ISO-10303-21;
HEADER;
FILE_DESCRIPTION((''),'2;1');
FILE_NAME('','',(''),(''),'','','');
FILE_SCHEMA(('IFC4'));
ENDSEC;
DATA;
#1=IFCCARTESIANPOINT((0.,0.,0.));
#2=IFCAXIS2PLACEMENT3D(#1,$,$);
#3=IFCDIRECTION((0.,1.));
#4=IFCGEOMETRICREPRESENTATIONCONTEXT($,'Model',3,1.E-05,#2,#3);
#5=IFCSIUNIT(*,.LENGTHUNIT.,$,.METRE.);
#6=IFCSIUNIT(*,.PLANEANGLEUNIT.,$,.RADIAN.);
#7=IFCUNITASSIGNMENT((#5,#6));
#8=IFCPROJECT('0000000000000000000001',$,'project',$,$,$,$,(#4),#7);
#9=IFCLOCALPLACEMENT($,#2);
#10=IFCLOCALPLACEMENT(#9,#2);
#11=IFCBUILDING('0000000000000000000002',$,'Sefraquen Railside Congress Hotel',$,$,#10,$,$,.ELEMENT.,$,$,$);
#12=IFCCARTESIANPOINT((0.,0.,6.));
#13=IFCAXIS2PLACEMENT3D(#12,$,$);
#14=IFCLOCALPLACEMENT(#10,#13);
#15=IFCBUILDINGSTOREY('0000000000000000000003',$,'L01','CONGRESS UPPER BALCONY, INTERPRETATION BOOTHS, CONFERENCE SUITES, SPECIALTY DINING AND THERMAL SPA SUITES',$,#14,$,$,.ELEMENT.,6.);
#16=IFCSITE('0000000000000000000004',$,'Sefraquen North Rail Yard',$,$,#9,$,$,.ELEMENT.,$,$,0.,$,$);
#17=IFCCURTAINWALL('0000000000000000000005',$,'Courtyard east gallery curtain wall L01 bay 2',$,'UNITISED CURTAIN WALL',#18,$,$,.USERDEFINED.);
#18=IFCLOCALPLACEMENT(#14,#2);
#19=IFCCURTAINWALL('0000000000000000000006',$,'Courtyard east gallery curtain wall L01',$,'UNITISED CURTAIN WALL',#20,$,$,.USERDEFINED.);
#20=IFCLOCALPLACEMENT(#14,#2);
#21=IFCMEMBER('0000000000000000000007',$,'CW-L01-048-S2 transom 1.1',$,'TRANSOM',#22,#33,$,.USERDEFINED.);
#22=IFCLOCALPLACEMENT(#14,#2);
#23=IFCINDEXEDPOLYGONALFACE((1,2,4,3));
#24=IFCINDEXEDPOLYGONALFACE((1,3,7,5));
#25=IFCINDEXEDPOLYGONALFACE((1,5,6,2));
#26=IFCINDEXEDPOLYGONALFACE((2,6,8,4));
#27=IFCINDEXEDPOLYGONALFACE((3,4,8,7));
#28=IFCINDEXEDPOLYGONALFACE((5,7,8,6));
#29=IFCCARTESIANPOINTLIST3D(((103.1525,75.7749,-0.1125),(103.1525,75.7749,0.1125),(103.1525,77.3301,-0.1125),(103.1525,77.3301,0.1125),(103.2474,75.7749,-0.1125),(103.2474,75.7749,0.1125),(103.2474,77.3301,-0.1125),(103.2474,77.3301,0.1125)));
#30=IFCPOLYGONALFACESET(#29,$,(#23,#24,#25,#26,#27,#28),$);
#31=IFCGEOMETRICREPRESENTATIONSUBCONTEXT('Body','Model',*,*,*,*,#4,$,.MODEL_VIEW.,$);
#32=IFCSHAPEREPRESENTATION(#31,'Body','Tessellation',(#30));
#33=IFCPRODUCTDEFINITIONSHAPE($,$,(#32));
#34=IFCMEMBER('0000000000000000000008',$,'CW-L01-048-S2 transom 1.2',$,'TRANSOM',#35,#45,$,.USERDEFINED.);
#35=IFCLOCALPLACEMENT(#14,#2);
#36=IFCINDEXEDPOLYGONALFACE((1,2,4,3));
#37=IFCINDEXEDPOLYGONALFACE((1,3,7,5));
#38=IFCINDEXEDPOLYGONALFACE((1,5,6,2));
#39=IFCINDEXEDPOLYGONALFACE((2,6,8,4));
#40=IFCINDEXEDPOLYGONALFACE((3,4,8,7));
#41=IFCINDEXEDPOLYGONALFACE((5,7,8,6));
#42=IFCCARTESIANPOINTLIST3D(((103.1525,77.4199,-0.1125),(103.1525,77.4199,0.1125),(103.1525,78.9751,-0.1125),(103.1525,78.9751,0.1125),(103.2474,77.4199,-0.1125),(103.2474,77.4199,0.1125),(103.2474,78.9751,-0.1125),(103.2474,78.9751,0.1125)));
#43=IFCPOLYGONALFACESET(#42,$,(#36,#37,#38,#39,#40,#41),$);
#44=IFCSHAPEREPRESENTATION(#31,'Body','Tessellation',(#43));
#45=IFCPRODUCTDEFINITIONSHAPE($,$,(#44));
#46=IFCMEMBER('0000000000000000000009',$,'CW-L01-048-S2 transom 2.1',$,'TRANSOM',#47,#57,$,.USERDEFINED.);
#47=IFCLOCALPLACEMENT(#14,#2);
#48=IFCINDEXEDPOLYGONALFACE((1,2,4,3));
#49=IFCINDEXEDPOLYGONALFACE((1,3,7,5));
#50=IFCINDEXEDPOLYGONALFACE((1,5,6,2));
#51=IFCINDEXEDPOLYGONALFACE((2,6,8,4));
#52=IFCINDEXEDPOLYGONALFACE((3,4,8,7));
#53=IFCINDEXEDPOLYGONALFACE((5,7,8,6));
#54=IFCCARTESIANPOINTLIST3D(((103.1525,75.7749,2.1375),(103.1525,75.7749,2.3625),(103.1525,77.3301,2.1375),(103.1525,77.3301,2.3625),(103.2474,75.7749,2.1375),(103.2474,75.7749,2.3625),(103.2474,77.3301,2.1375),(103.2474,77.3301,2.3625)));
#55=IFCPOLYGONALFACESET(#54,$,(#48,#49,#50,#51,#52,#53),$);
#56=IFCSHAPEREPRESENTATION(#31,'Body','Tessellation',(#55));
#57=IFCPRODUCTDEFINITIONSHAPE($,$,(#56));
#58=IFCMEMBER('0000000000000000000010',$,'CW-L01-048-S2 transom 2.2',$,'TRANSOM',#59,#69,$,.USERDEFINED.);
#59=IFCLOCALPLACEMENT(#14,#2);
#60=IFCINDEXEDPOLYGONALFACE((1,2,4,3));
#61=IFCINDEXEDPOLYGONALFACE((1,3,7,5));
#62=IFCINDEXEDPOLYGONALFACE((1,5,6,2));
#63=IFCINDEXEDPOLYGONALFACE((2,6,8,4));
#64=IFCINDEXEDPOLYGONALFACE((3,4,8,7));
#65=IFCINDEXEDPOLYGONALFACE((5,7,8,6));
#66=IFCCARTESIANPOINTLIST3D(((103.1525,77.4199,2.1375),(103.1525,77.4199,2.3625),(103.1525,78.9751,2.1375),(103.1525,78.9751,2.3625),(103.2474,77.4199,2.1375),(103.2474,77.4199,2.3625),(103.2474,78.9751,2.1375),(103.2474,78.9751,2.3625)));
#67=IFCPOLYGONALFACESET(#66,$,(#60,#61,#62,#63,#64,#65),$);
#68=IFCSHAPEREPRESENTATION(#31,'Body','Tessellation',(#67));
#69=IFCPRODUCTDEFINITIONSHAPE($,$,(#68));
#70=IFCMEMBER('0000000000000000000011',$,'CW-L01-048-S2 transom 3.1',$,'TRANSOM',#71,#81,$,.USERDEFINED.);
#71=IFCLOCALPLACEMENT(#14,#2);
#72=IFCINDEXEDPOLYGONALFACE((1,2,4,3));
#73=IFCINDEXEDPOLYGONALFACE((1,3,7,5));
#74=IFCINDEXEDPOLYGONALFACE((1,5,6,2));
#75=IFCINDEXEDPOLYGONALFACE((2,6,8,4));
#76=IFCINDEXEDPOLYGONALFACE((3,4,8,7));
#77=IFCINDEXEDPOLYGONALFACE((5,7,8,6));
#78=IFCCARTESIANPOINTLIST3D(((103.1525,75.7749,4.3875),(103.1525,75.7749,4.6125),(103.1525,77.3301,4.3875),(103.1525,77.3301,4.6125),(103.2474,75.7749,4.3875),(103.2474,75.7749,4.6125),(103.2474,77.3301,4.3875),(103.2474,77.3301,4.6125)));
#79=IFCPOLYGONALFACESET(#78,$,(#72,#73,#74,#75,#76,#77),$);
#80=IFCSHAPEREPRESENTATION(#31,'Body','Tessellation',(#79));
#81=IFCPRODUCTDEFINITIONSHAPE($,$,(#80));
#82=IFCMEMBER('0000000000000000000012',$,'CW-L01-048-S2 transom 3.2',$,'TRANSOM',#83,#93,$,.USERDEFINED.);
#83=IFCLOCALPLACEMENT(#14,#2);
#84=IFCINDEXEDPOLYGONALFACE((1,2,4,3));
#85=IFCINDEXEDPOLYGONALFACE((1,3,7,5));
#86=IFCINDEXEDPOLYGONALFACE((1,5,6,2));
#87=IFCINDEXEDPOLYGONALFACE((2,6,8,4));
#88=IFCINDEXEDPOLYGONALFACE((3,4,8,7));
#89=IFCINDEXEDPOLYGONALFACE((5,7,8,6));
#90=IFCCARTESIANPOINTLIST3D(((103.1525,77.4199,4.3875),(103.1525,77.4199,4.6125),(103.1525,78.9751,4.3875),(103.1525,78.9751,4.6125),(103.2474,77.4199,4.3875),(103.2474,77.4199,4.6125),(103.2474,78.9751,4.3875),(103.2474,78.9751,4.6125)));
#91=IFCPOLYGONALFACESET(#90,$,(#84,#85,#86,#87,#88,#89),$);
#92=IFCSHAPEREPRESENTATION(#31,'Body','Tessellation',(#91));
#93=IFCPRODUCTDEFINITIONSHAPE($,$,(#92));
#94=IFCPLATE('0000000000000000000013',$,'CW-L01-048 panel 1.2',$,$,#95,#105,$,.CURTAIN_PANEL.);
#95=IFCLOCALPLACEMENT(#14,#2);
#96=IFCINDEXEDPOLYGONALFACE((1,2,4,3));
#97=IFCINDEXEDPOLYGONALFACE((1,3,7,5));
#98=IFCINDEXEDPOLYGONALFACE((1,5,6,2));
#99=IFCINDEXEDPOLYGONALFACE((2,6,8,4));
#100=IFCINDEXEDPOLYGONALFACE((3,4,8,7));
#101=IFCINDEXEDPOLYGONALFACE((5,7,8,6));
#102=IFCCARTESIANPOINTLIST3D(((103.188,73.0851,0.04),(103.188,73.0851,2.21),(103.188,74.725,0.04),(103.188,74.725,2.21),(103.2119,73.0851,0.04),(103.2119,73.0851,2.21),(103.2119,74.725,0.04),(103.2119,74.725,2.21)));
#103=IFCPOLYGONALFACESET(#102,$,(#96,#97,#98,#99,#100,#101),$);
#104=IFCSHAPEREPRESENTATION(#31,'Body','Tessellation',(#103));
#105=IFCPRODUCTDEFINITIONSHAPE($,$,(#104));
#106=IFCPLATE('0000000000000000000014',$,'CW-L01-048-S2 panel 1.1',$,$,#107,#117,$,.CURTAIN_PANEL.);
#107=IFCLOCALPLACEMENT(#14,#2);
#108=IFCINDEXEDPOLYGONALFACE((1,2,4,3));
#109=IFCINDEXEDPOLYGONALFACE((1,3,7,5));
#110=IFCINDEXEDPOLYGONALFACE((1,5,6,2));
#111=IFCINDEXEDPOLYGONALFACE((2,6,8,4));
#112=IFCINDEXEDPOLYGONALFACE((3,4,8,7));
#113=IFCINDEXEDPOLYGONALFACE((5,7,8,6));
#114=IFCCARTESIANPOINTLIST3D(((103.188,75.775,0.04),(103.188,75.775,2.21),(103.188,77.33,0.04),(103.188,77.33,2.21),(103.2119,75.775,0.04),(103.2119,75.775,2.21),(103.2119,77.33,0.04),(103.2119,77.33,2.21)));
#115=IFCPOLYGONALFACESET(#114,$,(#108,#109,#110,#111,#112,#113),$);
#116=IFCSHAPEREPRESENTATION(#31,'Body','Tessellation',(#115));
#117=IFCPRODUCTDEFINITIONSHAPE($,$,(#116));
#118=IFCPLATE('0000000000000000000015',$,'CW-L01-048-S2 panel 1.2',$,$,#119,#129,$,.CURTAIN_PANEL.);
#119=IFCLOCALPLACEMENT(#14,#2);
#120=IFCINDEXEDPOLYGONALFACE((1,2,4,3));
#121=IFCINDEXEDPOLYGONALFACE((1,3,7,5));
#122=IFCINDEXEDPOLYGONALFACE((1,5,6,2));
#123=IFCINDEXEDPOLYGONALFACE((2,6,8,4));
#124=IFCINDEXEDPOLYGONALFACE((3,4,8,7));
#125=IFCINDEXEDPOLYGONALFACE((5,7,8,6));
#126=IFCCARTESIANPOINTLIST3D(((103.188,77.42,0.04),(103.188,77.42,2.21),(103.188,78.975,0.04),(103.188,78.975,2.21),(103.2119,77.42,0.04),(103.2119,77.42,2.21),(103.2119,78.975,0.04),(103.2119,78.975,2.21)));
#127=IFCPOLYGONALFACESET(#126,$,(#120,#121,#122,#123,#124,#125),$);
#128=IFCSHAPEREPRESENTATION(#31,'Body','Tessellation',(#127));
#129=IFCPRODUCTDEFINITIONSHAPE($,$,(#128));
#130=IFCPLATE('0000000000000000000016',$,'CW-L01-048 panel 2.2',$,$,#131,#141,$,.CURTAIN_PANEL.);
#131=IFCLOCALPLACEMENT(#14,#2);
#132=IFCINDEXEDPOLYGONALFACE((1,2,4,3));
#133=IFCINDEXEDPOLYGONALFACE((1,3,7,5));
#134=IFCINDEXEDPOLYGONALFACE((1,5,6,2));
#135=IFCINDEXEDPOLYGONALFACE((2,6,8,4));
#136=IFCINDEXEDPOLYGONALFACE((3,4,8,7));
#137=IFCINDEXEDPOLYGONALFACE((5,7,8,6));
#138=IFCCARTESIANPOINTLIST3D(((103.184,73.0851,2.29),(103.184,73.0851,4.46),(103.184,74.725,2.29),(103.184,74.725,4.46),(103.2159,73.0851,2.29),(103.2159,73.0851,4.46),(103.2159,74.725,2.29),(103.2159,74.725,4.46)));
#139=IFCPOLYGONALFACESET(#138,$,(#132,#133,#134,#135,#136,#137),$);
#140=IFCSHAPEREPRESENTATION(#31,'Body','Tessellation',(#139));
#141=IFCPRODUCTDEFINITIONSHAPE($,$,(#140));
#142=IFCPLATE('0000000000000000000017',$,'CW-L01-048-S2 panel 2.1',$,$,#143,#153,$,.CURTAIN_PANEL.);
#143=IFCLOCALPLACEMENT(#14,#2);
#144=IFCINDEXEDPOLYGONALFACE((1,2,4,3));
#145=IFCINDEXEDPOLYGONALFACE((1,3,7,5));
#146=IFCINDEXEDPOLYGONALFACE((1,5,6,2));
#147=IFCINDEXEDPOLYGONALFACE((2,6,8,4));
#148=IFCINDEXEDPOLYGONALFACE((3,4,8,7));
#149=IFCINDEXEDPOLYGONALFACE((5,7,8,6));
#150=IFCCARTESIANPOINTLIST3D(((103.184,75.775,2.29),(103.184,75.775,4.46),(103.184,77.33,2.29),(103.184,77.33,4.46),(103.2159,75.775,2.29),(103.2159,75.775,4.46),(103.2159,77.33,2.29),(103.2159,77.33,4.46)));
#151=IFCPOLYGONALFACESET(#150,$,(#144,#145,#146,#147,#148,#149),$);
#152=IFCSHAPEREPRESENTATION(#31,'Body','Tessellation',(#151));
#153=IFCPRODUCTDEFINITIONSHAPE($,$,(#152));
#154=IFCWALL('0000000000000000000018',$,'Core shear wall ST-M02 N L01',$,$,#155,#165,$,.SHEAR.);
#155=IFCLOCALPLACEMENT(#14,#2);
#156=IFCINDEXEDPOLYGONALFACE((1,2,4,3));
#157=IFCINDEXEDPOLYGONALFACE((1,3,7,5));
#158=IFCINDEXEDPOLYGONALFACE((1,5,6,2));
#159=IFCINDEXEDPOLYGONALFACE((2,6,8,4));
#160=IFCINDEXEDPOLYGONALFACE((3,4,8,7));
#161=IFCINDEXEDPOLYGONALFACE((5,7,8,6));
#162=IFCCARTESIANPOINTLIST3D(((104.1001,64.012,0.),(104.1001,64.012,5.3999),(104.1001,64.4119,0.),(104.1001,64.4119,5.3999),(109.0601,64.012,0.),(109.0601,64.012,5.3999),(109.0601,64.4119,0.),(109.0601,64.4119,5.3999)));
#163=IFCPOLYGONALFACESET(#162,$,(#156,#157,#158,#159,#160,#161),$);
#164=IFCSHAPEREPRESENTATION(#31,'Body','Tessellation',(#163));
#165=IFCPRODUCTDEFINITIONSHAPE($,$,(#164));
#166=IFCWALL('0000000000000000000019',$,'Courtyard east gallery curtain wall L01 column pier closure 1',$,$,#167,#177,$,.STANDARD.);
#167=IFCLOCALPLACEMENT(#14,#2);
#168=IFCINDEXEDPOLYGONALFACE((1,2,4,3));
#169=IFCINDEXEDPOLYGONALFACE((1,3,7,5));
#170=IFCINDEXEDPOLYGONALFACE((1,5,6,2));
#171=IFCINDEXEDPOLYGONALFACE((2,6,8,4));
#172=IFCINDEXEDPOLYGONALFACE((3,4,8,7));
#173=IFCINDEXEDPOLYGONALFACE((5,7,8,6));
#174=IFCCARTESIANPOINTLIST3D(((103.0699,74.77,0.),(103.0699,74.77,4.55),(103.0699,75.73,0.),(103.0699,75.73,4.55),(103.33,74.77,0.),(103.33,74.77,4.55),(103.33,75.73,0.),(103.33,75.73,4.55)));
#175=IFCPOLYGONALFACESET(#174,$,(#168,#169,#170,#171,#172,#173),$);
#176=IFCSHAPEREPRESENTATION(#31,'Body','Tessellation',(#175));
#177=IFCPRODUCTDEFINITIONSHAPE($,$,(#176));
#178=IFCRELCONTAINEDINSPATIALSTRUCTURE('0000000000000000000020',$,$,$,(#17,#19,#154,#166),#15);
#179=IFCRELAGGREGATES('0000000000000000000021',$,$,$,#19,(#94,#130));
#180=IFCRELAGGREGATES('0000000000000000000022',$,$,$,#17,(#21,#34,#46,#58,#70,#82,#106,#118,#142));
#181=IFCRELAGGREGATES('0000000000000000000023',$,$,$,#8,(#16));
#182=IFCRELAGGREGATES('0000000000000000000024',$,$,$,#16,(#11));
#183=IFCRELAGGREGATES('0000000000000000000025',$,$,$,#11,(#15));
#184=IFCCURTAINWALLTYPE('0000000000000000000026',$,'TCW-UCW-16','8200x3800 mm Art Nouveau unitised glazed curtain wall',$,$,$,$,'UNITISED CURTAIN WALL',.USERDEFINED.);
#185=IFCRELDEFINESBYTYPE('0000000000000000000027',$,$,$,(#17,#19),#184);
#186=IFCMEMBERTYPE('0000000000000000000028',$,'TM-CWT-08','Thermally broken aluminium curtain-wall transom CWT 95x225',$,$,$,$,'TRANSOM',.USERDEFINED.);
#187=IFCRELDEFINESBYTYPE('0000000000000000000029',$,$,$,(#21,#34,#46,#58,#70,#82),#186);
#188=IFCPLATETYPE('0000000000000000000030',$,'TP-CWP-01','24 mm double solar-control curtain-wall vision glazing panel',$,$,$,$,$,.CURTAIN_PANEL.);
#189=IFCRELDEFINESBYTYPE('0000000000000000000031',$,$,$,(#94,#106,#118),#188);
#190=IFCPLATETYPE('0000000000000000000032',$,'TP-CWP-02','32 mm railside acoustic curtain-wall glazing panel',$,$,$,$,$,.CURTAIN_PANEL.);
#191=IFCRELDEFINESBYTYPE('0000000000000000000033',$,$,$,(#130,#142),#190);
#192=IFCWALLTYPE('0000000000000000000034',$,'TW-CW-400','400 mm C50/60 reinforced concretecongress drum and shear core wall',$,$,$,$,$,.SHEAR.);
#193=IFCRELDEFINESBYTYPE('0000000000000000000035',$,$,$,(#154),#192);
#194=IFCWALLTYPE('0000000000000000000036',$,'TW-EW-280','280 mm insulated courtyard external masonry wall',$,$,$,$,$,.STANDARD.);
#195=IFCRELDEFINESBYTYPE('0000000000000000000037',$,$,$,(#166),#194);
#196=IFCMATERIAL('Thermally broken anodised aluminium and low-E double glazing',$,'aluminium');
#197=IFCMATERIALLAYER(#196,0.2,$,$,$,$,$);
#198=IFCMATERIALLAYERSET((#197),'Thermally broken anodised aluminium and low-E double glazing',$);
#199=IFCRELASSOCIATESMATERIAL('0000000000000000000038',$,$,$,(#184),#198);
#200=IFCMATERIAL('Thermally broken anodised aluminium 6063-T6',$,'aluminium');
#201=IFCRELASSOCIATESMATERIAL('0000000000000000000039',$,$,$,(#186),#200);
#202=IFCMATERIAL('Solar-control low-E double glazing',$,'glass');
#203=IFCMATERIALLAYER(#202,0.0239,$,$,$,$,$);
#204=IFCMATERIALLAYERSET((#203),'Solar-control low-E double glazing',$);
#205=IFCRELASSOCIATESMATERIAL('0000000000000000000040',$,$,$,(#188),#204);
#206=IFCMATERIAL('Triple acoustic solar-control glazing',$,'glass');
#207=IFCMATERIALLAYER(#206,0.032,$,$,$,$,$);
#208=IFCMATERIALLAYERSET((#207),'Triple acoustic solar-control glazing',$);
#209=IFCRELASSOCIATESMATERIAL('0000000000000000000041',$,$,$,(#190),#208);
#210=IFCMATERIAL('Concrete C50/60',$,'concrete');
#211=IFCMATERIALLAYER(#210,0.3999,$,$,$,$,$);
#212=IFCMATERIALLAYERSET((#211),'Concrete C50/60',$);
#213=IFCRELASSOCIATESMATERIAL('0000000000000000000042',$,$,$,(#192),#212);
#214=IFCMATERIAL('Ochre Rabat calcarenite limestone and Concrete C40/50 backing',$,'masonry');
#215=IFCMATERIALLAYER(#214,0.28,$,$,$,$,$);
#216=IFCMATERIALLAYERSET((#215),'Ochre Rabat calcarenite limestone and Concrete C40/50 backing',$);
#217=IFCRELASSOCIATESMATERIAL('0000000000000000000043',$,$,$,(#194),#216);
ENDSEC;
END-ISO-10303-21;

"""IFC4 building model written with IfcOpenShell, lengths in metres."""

from ifc_helpers import new_model, si_unit, direction, frame, frame_2d, origin, origin_2d, place, context, subcontext, project, spatial, rectangle, extrude, material, layer, layer_set, material_profile, profile_set, type_object, element, aggregate, save


model = new_model("IFC4")

# Units and contexts
model_context = context("Model", 3, precision=1e-05, world=origin(), true_north=direction((0.0, 1.0)))
body_context = subcontext(model_context, "Body", "Model", "MODEL_VIEW")
ifc_project = project(units=[si_unit("LENGTHUNIT", "METRE"), si_unit("PLANEANGLEUNIT", "RADIAN")], contexts=[model_context])

# Site, building, storey
site_placement = place(None, origin())
site = spatial("IfcSite", under=ifc_project, at=site_placement, Name="Sefraquen North Rail Yard", CompositionType="ELEMENT", RefElevation=0.0)
building_placement = place(site_placement, origin())
building = spatial("IfcBuilding", under=site, at=building_placement, Name="Sefraquen Railside Congress Hotel", CompositionType="ELEMENT")
storey_placement = place(building_placement, frame((0.0, 0.0, 6.0)))
storey = spatial("IfcBuildingStorey", under=building, at=storey_placement, Name="L01", Description="CONGRESS UPPER BALCONY, INTERPRETATION BOOTHS, CONFERENCE SUITES, SPECIALTY DINING AND THERMAL SPA SUITES", CompositionType="ELEMENT", Elevation=6.0)

# Shared definitions
ifc_material_1 = material(Name="Concrete C50/60", Category="concrete")

# Curtain walls
ifc_material_2 = material(Name="Thermally broken anodised aluminium and low-E double glazing", Category="aluminium")
ifc_layer_1 = layer(ifc_material_2, 0.2)
ifc_layer_set_1 = layer_set([ifc_layer_1], Name="Thermally broken anodised aluminium and low-E double glazing")
curtain_wall_type = type_object("IfcCurtainWallType", Name="TCW-UCW-16", Description="8200x3800 mm Art Nouveau unitised glazed curtain wall", ElementType="UNITISED CURTAIN WALL", PredefinedType="USERDEFINED", material=ifc_layer_set_1)
curtain_wall_1_placement = place(storey_placement, origin())
curtain_wall_1 = element("IfcCurtainWall", 1, at=curtain_wall_1_placement, inside=storey, type_object=curtain_wall_type, Name="Courtyard east gallery curtain wall L01 bay 2", ObjectType="UNITISED CURTAIN WALL", PredefinedType="USERDEFINED")
ifc_material_3 = material(Name="Thermally broken anodised aluminium 6063-T6", Category="aluminium")
curtain_wall_2_placement = place(storey_placement, origin())
curtain_wall_2 = element("IfcCurtainWall", 2, at=curtain_wall_2_placement, inside=storey, type_object=curtain_wall_type, Name="Courtyard east gallery curtain wall L01", ObjectType="UNITISED CURTAIN WALL", PredefinedType="USERDEFINED")

# Members
ifc_material_profile_1 = material_profile(ifc_material_3, rectangle(XDim=0.095, YDim=0.2251, at=origin_2d()), Name="CWT 95x225")
ifc_profile_set_1 = profile_set([ifc_material_profile_1], Name="Thermally broken anodised aluminium 6063-T6")
member_type_1 = type_object("IfcMemberType", Name="TM-CWT-08", Description="Thermally broken aluminium curtain-wall transom CWT 95x225", ElementType="TRANSOM", PredefinedType="USERDEFINED", material=ifc_profile_set_1)
member_1_placement = place(storey_placement, frame((103.2, 75.7749, 0.0), z_axis=(0.0, 1.0, 0.0), x_axis=(-1.0, 0.0, 0.0)))
member_1 = element("IfcMember", 3, at=member_1_placement, type_object=member_type_1, Name="CW-L01-048-S2 transom 1.1", ObjectType="TRANSOM", PredefinedType="USERDEFINED", context=body_context, shape_type="SweptSolid", body=[
    extrude(rectangle(XDim=0.095, YDim=0.2251, at=origin_2d()), origin(), (0.0, 0.0, 1.0), 1.5552),
])
member_2_placement = place(storey_placement, frame((103.2, 77.4199, 0.0), z_axis=(0.0, 1.0, 0.0), x_axis=(-1.0, 0.0, 0.0)))
member_2 = element("IfcMember", 4, at=member_2_placement, type_object=member_type_1, Name="CW-L01-048-S2 transom 1.2", ObjectType="TRANSOM", PredefinedType="USERDEFINED", context=body_context, shape_type="SweptSolid", body=[
    extrude(rectangle(XDim=0.095, YDim=0.2251, at=origin_2d()), origin(), (0.0, 0.0, 1.0), 1.5552),
])
member_3_placement = place(storey_placement, frame((103.2, 75.7749, 2.25), z_axis=(0.0, 1.0, 0.0), x_axis=(-1.0, 0.0, 0.0)))
member_3 = element("IfcMember", 5, at=member_3_placement, type_object=member_type_1, Name="CW-L01-048-S2 transom 2.1", ObjectType="TRANSOM", PredefinedType="USERDEFINED", context=body_context, shape_type="SweptSolid", body=[
    extrude(rectangle(XDim=0.095, YDim=0.2251, at=origin_2d()), origin(), (0.0, 0.0, 1.0), 1.5552),
])
member_4_placement = place(storey_placement, frame((103.2, 77.4199, 2.25), z_axis=(0.0, 1.0, 0.0), x_axis=(-1.0, 0.0, 0.0)))
member_4 = element("IfcMember", 6, at=member_4_placement, type_object=member_type_1, Name="CW-L01-048-S2 transom 2.2", ObjectType="TRANSOM", PredefinedType="USERDEFINED", context=body_context, shape_type="SweptSolid", body=[
    extrude(rectangle(XDim=0.095, YDim=0.2251, at=origin_2d()), origin(), (0.0, 0.0, 1.0), 1.5552),
])
member_5_placement = place(storey_placement, frame((103.2, 75.7749, 4.5), z_axis=(0.0, 1.0, 0.0), x_axis=(-1.0, 0.0, 0.0)))
member_5 = element("IfcMember", 7, at=member_5_placement, type_object=member_type_1, Name="CW-L01-048-S2 transom 3.1", ObjectType="TRANSOM", PredefinedType="USERDEFINED", context=body_context, shape_type="SweptSolid", body=[
    extrude(rectangle(XDim=0.095, YDim=0.2251, at=origin_2d()), origin(), (0.0, 0.0, 1.0), 1.5552),
])
member_6_placement = place(storey_placement, frame((103.2, 77.4199, 4.5), z_axis=(0.0, 1.0, 0.0), x_axis=(-1.0, 0.0, 0.0)))
member_6 = element("IfcMember", 8, at=member_6_placement, type_object=member_type_1, Name="CW-L01-048-S2 transom 3.2", ObjectType="TRANSOM", PredefinedType="USERDEFINED", context=body_context, shape_type="SweptSolid", body=[
    extrude(rectangle(XDim=0.095, YDim=0.2251, at=origin_2d()), origin(), (0.0, 0.0, 1.0), 1.5552),
])

# Plates
ifc_material_4 = material(Name="Solar-control low-E double glazing", Category="glass")
ifc_layer_2 = layer(ifc_material_4, 0.0239)
ifc_layer_set_2 = layer_set([ifc_layer_2], Name="Solar-control low-E double glazing")
plate_type_1 = type_object("IfcPlateType", Name="TP-CWP-01", Description="24 mm double solar-control curtain-wall vision glazing panel", PredefinedType="CURTAIN_PANEL", material=ifc_layer_set_2)
plate_1_placement = place(storey_placement, frame((103.2, 73.905, 0.04), z_axis=(0.0, 0.0, 1.0), x_axis=(0.0, 1.0, 0.0)))
plate_1 = element("IfcPlate", 9, at=plate_1_placement, type_object=plate_type_1, Name="CW-L01-048 panel 1.2", PredefinedType="CURTAIN_PANEL", context=body_context, shape_type="SweptSolid", body=[
    extrude(rectangle(XDim=1.6399, YDim=0.0239, at=origin_2d()), origin(), (0.0, 0.0, 1.0), 2.1699),
])
plate_2_placement = place(storey_placement, frame((103.2, 76.5525, 0.04), z_axis=(0.0, 0.0, 1.0), x_axis=(0.0, 1.0, 0.0)))
plate_2 = element("IfcPlate", 10, at=plate_2_placement, type_object=plate_type_1, Name="CW-L01-048-S2 panel 1.1", PredefinedType="CURTAIN_PANEL", context=body_context, shape_type="SweptSolid", body=[
    extrude(rectangle(XDim=1.5549, YDim=0.0239, at=origin_2d()), origin(), (0.0, 0.0, 1.0), 2.1699),
])
plate_3_placement = place(storey_placement, frame((103.2, 78.1975, 0.04), z_axis=(0.0, 0.0, 1.0), x_axis=(0.0, 1.0, 0.0)))
plate_3 = element("IfcPlate", 11, at=plate_3_placement, type_object=plate_type_1, Name="CW-L01-048-S2 panel 1.2", PredefinedType="CURTAIN_PANEL", context=body_context, shape_type="SweptSolid", body=[
    extrude(rectangle(XDim=1.5549, YDim=0.0239, at=origin_2d()), origin(), (0.0, 0.0, 1.0), 2.1699),
])
ifc_material_5 = material(Name="Triple acoustic solar-control glazing", Category="glass")
ifc_layer_3 = layer(ifc_material_5, 0.032)
ifc_layer_set_3 = layer_set([ifc_layer_3], Name="Triple acoustic solar-control glazing")
plate_type_2 = type_object("IfcPlateType", Name="TP-CWP-02", Description="32 mm railside acoustic curtain-wall glazing panel", PredefinedType="CURTAIN_PANEL", material=ifc_layer_set_3)
plate_4_placement = place(storey_placement, frame((103.2, 73.905, 2.29), z_axis=(0.0, 0.0, 1.0), x_axis=(0.0, 1.0, 0.0)))
plate_4 = element("IfcPlate", 12, at=plate_4_placement, type_object=plate_type_2, Name="CW-L01-048 panel 2.2", PredefinedType="CURTAIN_PANEL", context=body_context, shape_type="SweptSolid", body=[
    extrude(rectangle(XDim=1.6399, YDim=0.032, at=origin_2d()), origin(), (0.0, 0.0, 1.0), 2.1699),
])
aggregate(curtain_wall_2, [plate_1, plate_4])
plate_5_placement = place(storey_placement, frame((103.2, 76.5525, 2.29), z_axis=(0.0, 0.0, 1.0), x_axis=(0.0, 1.0, 0.0)))
plate_5 = element("IfcPlate", 13, at=plate_5_placement, type_object=plate_type_2, Name="CW-L01-048-S2 panel 2.1", PredefinedType="CURTAIN_PANEL", context=body_context, shape_type="SweptSolid", body=[
    extrude(rectangle(XDim=1.5549, YDim=0.032, at=origin_2d()), origin(), (0.0, 0.0, 1.0), 2.1699),
])
aggregate(curtain_wall_1, [member_1, member_2, member_3, member_4, member_5, member_6, plate_2, plate_3, plate_5])

# Walls
ifc_layer_4 = layer(ifc_material_1, 0.3999)
ifc_layer_set_4 = layer_set([ifc_layer_4], Name="Concrete C50/60")
wall_type_1 = type_object("IfcWallType", Name="TW-CW-400", Description="400 mm C50/60 reinforced concretecongress drum and shear core wall", PredefinedType="SHEAR", material=ifc_layer_set_4)
wall_1_placement = place(storey_placement, frame((104.1001, 64.2119, 0.0), z_axis=(0.0, 0.0, 1.0), x_axis=(1.0, 0.0, 0.0)))
element("IfcWall", 14, at=wall_1_placement, inside=storey, type_object=wall_type_1, Name="Core shear wall ST-M02 N L01", PredefinedType="SHEAR", context=body_context, shape_type="SweptSolid", body=[
    extrude(rectangle(XDim=4.96, YDim=0.3999, at=frame_2d((2.48, 0.0))), origin(), (0.0, 0.0, 1.0), 5.3999),
])
ifc_material_6 = material(Name="Ochre Rabat calcarenite limestone and Concrete C40/50 backing", Category="masonry")
ifc_layer_5 = layer(ifc_material_6, 0.28)
ifc_layer_set_5 = layer_set([ifc_layer_5], Name="Ochre Rabat calcarenite limestone and Concrete C40/50 backing")
wall_type_2 = type_object("IfcWallType", Name="TW-EW-280", Description="280 mm insulated courtyard external masonry wall", PredefinedType="STANDARD", material=ifc_layer_set_5)
wall_2_placement = place(storey_placement, frame((103.2, 74.77, 0.0), z_axis=(0.0, 0.0, 1.0), x_axis=(0.0, 1.0, 0.0)))
element("IfcWall", 15, at=wall_2_placement, inside=storey, type_object=wall_type_2, Name="Courtyard east gallery curtain wall L01 column pier closure 1", PredefinedType="STANDARD", context=body_context, shape_type="SweptSolid", body=[
    extrude(rectangle(XDim=0.96, YDim=0.26, at=frame_2d((0.48, 0.0))), origin(), (0.0, 0.0, 1.0), 4.55),
])

save(model, "model.ifc")
